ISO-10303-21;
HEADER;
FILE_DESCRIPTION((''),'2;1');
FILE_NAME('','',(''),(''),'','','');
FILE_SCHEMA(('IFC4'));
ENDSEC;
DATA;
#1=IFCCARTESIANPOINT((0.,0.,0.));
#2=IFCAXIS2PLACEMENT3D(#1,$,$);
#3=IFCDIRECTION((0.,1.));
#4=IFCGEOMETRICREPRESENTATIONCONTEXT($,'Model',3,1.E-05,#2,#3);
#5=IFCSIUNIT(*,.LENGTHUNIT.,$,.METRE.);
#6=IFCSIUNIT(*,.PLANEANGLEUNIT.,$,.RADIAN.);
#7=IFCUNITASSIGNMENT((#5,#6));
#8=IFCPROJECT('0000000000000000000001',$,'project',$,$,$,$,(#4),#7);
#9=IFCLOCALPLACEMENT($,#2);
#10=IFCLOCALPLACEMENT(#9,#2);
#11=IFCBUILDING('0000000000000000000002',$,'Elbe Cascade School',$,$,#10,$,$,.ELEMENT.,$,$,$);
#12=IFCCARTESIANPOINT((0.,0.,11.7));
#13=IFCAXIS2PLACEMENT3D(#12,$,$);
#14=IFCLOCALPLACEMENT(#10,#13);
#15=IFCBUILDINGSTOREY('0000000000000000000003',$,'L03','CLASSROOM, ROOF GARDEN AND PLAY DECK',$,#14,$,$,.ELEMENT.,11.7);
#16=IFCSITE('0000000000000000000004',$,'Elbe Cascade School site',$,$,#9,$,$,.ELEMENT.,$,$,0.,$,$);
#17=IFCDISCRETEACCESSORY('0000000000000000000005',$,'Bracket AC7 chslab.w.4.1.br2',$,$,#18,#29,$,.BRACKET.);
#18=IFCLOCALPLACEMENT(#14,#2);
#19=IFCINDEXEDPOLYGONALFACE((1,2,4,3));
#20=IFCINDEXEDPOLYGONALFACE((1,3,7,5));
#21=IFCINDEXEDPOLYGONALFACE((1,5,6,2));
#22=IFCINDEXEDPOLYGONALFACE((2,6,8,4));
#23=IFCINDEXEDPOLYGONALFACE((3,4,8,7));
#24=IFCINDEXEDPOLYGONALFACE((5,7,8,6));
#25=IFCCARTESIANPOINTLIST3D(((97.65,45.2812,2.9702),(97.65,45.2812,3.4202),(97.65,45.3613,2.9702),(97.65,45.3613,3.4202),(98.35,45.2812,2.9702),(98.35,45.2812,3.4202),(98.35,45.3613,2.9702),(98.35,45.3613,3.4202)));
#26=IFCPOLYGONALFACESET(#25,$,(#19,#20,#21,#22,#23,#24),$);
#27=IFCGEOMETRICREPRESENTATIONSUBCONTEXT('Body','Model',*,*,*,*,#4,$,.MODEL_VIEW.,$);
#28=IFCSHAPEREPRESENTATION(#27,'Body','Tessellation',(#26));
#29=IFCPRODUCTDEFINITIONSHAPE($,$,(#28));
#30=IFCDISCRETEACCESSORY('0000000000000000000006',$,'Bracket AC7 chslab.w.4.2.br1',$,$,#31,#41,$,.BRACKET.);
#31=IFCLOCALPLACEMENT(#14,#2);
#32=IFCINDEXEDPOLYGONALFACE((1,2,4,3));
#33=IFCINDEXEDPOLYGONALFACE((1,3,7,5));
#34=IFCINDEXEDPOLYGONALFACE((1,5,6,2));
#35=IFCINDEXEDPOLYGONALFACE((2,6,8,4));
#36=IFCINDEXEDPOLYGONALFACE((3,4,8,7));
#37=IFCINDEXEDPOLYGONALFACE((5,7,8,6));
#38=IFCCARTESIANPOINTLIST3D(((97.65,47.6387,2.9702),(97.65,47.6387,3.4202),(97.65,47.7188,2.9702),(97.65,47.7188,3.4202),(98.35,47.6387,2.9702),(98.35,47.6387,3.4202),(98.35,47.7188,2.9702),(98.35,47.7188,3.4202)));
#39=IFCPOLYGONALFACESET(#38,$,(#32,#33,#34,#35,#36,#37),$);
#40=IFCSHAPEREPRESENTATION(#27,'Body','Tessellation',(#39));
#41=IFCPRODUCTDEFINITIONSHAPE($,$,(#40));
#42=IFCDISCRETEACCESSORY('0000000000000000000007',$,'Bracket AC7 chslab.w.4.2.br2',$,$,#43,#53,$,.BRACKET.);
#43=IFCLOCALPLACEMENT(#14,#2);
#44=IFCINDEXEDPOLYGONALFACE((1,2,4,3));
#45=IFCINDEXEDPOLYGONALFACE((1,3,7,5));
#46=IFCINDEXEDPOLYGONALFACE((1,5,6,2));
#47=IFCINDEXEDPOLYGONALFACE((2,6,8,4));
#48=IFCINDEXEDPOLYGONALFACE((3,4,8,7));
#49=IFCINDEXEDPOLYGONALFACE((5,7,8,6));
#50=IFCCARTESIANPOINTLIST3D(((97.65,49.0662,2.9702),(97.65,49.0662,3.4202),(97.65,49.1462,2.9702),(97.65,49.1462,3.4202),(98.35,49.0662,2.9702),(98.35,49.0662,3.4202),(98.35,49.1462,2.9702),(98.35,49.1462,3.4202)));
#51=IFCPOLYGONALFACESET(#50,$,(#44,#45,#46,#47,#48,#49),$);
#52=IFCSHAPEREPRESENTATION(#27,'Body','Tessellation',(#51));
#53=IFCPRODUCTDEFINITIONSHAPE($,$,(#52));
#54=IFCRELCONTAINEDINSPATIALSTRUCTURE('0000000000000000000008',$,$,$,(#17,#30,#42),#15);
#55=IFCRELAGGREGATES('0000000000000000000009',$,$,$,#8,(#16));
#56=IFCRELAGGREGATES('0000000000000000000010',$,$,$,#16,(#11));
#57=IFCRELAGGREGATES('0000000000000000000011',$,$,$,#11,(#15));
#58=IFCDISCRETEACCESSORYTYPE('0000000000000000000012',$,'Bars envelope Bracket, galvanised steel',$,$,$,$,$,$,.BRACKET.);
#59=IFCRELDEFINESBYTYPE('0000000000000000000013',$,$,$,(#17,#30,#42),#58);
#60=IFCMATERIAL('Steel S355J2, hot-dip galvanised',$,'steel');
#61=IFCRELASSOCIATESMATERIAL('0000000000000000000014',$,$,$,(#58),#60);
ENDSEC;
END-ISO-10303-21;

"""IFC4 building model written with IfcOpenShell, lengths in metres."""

from ifc_helpers import new_model, si_unit, direction, frame, origin, origin_2d, place, context, subcontext, project, spatial, rectangle, extrude, material, type_object, element, save


model = new_model("IFC4")

# Units and contexts
model_context = context("Model", 3, precision=1e-05, world=origin(), true_north=direction((0.0, 1.0)))
body_context = subcontext(model_context, "Body", "Model", "MODEL_VIEW")
ifc_project = project(units=[si_unit("LENGTHUNIT", "METRE"), si_unit("PLANEANGLEUNIT", "RADIAN")], contexts=[model_context])

# Site, building, storey
site_placement = place(None, origin())
site = spatial("IfcSite", under=ifc_project, at=site_placement, Name="Elbe Cascade School site", CompositionType="ELEMENT", RefElevation=0.0)
building_placement = place(site_placement, origin())
building = spatial("IfcBuilding", under=site, at=building_placement, Name="Elbe Cascade School", CompositionType="ELEMENT")
storey_placement = place(building_placement, frame((0.0, 0.0, 11.7)))
storey = spatial("IfcBuildingStorey", under=building, at=storey_placement, Name="L03", Description="CLASSROOM, ROOF GARDEN AND PLAY DECK", CompositionType="ELEMENT", Elevation=11.7)

# Discrete accessories
ifc_material_1 = material(Name="Steel S355J2, hot-dip galvanised", Category="steel")
discrete_accessory_type = type_object("IfcDiscreteAccessoryType", Name="Bars envelope Bracket, galvanised steel", PredefinedType="BRACKET", material=ifc_material_1)
for number, where, z_axis, x_axis, name in (
    (1, (98.0, 45.3213, 2.9702), (0.0, 0.0, 1.0), (0.0, 1.0, 0.0), "Bracket AC7 chslab.w.4.1.br2"),
    (2, (98.0, 47.6787, 2.9702), (0.0, 0.0, 1.0), (0.0, 1.0, 0.0), "Bracket AC7 chslab.w.4.2.br1"),
    (3, (98.0, 49.1062, 2.9702), (0.0, 0.0, 1.0), (0.0, 1.0, 0.0), "Bracket AC7 chslab.w.4.2.br2"),
):
    element("IfcDiscreteAccessory", number, at=place(storey_placement, frame(where, z_axis=z_axis, x_axis=x_axis)), inside=storey, type_object=discrete_accessory_type, Name=name, PredefinedType="BRACKET", context=body_context, shape_type="SweptSolid", body=[
        extrude(rectangle(XDim=0.0801, YDim=0.7, at=origin_2d()), origin(), (0.0, 0.0, 1.0), 0.45),
    ])

save(model, "model.ifc")
